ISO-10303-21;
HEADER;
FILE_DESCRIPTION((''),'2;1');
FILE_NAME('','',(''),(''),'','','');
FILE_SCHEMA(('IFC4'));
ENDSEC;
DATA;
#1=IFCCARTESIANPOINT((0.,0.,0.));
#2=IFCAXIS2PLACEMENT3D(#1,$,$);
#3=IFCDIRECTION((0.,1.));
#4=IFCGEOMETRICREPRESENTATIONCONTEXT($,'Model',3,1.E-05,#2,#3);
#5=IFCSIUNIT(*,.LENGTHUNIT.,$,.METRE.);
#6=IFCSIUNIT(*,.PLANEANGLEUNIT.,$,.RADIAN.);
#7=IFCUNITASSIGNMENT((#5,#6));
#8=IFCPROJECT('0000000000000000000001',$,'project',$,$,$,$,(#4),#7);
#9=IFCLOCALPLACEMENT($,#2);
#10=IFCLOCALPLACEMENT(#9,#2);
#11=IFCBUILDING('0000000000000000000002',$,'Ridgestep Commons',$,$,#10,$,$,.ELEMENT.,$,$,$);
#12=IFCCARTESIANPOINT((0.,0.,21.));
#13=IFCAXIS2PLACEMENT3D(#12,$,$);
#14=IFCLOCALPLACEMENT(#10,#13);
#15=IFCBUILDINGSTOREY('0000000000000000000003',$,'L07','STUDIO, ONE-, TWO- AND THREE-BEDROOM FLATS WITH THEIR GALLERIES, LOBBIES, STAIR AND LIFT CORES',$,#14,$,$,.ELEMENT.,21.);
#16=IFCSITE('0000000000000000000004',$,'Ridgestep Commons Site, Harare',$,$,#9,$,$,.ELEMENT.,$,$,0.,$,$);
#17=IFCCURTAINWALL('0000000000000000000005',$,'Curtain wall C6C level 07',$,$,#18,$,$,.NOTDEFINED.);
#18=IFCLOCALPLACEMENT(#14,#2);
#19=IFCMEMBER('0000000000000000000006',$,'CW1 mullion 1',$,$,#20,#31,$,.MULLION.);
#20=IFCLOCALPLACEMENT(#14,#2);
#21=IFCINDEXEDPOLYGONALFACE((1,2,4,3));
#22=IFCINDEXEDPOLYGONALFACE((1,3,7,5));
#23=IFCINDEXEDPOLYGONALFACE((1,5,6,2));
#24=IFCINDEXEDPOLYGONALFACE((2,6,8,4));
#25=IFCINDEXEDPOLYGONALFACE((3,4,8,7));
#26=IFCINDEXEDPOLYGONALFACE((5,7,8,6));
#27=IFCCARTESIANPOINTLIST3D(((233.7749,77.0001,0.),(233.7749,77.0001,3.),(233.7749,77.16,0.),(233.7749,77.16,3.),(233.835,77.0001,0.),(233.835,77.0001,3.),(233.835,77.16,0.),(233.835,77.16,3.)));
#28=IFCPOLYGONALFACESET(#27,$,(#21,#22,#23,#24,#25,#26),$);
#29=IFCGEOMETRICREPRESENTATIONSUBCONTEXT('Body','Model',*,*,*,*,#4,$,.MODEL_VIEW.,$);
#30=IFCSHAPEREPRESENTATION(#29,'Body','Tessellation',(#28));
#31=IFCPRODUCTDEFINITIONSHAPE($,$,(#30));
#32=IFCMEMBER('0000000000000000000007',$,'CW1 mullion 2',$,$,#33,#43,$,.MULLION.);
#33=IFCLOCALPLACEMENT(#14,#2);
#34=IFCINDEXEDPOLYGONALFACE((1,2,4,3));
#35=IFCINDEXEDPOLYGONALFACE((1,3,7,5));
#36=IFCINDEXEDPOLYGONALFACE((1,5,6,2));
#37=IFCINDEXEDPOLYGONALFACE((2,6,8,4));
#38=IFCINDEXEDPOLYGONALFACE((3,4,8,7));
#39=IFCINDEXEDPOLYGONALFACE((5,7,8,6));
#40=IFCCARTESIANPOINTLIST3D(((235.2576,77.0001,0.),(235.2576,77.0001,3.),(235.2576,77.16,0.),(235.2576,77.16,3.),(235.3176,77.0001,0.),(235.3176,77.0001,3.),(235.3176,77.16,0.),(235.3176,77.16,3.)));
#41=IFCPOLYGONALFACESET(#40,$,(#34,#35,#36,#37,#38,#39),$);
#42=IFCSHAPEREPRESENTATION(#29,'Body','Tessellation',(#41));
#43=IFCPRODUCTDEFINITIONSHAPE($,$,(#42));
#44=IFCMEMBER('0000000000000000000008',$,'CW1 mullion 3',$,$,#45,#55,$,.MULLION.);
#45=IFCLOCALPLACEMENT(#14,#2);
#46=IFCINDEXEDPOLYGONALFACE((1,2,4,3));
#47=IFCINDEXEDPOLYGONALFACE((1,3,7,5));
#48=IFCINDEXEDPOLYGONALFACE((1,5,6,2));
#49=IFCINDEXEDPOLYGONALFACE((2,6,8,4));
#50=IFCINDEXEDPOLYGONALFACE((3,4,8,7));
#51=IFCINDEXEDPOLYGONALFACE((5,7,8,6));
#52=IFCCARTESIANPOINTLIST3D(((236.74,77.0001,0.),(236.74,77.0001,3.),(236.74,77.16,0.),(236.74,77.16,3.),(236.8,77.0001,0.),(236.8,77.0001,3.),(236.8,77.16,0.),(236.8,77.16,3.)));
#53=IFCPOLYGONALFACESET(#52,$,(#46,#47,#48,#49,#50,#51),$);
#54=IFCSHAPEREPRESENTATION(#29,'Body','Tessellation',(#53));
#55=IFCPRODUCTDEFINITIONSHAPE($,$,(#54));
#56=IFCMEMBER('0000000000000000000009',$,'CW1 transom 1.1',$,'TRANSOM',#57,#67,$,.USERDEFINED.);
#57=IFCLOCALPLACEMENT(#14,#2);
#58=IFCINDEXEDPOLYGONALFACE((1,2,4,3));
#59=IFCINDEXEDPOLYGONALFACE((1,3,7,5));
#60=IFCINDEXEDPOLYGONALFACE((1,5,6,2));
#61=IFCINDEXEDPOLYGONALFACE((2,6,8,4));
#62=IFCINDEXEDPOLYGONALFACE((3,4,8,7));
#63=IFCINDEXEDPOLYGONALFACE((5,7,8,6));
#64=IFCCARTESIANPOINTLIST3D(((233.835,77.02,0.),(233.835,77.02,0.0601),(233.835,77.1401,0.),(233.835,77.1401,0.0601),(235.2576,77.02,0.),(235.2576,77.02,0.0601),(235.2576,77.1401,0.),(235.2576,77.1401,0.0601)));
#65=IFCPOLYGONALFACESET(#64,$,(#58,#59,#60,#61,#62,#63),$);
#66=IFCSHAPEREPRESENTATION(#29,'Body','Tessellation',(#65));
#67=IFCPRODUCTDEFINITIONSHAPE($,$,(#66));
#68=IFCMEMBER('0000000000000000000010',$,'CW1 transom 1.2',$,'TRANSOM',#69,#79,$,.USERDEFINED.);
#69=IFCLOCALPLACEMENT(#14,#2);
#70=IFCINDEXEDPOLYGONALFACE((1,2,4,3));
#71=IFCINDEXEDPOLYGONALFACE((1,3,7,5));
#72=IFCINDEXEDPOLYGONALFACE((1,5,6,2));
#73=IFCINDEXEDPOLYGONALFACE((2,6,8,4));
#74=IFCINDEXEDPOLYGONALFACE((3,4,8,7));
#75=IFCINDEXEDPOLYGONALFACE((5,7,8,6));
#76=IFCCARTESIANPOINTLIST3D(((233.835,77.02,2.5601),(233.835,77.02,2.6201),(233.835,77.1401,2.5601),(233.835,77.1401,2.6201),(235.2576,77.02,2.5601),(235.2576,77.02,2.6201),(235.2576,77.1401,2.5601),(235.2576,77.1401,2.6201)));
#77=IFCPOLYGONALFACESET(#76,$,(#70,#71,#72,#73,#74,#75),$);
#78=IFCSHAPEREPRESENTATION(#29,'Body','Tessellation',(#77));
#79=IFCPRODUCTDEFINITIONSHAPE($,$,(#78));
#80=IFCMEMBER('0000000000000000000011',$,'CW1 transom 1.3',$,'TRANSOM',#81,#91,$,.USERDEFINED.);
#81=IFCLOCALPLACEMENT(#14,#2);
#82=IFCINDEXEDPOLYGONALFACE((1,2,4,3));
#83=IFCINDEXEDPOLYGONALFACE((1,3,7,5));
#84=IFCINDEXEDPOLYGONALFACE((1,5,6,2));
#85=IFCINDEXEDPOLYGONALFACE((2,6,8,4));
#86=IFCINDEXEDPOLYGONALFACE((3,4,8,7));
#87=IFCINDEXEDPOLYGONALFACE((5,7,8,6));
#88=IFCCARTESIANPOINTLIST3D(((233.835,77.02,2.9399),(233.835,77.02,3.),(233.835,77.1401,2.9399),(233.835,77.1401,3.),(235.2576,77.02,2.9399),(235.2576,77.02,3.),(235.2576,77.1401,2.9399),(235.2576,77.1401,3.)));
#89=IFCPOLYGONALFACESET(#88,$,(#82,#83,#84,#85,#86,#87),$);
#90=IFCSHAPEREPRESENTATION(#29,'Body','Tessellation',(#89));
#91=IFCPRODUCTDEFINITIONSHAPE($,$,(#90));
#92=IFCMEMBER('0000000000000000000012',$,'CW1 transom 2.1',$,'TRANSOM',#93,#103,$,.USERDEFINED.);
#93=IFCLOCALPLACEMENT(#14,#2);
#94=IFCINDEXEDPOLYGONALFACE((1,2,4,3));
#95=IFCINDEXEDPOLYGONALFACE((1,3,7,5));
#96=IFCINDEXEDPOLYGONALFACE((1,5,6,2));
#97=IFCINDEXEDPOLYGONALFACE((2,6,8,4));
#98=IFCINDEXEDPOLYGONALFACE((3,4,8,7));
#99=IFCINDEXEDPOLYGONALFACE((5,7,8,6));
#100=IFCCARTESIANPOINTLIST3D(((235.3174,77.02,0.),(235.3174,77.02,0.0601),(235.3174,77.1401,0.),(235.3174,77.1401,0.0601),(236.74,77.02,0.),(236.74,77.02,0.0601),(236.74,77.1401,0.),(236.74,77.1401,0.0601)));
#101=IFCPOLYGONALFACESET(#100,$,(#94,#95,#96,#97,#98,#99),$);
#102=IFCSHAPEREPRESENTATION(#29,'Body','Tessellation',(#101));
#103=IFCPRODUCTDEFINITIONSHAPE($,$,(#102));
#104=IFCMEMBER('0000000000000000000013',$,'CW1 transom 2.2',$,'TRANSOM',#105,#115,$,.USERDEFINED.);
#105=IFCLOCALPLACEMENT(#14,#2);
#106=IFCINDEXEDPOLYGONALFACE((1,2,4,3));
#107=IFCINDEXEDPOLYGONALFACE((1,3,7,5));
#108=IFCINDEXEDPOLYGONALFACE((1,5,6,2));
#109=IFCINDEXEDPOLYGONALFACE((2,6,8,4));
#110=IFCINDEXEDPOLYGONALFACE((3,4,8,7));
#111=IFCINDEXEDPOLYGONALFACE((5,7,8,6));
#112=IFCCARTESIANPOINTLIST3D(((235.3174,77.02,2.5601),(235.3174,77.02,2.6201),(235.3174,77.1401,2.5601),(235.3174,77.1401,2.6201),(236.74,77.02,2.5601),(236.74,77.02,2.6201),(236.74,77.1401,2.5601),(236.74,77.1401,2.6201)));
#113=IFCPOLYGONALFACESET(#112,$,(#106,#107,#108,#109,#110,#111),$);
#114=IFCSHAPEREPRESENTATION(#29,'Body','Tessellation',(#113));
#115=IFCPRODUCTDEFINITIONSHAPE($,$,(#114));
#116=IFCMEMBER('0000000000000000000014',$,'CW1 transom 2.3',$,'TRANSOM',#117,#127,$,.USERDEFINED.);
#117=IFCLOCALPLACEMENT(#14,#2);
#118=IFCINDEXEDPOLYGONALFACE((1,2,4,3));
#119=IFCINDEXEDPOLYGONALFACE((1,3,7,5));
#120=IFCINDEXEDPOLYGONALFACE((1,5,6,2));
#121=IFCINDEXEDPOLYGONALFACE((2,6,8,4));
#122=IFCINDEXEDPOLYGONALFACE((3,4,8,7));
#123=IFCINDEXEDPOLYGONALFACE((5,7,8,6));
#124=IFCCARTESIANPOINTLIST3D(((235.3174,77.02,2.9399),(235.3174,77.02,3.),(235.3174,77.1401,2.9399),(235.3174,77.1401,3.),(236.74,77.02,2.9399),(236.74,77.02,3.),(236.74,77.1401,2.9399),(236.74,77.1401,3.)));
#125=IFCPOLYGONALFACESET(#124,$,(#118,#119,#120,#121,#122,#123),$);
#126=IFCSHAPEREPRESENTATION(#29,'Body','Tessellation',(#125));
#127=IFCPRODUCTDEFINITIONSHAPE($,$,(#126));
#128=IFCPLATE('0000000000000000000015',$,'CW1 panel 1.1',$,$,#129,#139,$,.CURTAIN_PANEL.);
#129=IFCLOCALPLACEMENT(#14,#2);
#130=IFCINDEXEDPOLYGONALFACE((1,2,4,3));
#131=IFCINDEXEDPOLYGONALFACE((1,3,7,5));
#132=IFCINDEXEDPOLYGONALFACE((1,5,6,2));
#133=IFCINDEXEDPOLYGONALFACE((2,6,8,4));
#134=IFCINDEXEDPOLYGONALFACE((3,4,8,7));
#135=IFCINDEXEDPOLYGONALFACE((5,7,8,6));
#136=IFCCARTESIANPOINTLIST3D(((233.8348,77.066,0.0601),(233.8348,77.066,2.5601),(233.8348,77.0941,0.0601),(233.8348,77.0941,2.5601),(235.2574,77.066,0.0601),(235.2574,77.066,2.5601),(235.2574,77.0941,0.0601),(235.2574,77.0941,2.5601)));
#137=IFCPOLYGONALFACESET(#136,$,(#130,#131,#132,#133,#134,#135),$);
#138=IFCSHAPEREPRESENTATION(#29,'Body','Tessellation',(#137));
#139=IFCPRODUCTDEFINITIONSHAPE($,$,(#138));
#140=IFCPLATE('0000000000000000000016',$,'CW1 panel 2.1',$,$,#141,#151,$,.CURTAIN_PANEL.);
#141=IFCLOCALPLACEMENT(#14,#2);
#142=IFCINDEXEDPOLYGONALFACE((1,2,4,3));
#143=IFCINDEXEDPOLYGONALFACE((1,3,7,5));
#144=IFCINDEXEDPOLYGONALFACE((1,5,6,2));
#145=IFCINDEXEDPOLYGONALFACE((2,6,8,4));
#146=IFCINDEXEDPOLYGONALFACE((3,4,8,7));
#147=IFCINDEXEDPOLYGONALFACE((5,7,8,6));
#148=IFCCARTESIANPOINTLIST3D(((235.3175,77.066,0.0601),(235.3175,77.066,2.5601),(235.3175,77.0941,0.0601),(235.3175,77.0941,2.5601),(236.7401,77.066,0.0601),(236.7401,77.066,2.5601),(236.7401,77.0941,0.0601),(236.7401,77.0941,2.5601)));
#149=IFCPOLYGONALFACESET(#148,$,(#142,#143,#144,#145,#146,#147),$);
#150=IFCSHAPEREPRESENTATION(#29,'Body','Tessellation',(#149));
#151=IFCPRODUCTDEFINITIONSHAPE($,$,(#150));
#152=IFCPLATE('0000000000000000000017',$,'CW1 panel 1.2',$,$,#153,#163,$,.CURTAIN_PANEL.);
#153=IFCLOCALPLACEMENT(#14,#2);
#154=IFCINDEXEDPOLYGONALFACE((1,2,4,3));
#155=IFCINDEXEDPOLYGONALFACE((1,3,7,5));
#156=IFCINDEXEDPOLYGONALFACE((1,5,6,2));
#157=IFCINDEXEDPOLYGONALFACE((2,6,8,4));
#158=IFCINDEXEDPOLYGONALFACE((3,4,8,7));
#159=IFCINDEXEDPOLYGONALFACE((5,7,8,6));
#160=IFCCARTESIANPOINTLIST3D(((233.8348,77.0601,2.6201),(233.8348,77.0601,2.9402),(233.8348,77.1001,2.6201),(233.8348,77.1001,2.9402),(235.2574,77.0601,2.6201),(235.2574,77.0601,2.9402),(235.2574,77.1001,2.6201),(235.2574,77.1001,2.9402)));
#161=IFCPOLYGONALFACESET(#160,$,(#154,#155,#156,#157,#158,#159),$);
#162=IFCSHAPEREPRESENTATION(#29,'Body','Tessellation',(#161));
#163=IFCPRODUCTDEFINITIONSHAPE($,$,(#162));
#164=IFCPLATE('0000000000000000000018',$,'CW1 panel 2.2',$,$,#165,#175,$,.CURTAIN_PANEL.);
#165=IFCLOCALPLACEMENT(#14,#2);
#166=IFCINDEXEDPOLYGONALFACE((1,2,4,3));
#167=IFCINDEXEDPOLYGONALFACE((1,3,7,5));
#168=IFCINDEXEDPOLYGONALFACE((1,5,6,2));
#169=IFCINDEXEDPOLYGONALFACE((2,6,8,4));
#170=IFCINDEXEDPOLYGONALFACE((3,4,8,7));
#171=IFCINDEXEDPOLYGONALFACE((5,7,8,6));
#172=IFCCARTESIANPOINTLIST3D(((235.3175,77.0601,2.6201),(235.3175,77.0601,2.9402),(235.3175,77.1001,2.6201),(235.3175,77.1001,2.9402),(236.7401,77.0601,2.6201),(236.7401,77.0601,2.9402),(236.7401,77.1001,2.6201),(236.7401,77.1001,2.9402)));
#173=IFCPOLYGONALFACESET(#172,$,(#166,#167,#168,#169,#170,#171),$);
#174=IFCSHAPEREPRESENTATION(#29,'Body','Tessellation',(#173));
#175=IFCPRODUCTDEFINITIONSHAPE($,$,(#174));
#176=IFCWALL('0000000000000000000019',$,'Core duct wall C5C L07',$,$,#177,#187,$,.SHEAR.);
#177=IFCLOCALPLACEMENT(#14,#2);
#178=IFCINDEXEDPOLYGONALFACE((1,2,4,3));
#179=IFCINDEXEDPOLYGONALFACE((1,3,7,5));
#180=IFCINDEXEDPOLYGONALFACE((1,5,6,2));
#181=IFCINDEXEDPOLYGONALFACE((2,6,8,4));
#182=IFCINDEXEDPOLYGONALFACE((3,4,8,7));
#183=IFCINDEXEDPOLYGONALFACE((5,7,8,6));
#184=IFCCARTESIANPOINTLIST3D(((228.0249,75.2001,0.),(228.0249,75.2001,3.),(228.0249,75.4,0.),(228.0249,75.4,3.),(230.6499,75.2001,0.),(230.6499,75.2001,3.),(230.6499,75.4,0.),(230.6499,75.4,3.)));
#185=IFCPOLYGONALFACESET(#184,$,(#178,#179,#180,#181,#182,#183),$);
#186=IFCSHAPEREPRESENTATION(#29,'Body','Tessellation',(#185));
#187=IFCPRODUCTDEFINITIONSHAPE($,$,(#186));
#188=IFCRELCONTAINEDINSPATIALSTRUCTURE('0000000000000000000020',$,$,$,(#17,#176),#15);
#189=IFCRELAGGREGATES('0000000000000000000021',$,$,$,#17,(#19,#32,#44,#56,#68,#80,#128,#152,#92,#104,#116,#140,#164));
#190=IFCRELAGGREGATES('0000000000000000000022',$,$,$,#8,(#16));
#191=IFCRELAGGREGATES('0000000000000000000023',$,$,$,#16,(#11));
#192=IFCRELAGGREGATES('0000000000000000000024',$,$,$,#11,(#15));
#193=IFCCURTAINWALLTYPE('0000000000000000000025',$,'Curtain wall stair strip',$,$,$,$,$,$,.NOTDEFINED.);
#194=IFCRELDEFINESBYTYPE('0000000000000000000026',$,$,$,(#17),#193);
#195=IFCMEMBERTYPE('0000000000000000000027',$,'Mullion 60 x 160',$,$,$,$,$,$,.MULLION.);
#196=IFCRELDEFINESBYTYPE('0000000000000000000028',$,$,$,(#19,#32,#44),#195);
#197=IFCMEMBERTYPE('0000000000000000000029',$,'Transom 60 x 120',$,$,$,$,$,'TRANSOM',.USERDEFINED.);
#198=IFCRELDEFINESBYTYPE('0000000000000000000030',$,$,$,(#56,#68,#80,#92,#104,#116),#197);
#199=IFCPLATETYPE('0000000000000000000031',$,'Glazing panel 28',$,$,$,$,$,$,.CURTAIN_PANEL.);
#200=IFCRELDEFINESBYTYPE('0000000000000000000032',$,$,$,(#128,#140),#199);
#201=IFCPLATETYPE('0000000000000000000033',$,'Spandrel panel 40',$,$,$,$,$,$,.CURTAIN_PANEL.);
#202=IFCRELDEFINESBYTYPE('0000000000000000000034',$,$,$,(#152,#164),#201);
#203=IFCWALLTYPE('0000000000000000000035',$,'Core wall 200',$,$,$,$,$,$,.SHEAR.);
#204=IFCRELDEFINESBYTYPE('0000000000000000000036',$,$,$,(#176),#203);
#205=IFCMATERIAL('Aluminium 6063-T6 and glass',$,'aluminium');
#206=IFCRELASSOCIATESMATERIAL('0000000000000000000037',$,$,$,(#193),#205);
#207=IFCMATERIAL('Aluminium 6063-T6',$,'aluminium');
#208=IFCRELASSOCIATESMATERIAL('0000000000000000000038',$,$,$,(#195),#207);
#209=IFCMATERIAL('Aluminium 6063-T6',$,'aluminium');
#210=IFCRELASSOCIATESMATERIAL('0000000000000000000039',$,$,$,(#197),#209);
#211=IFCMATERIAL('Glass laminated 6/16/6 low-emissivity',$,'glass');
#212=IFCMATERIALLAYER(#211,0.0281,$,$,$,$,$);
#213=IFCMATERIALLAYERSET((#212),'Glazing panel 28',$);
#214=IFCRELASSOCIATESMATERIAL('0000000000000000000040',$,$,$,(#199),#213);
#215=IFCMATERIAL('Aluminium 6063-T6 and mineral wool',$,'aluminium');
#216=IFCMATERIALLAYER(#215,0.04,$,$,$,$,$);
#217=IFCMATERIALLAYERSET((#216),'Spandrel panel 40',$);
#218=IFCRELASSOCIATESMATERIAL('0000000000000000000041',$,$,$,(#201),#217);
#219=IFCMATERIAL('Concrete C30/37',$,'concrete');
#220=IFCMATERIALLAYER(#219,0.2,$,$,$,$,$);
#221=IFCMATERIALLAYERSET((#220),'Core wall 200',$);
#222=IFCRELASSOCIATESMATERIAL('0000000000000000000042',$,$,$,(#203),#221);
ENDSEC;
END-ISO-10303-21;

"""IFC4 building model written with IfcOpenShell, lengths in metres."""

from ifc_helpers import new_model, si_unit, direction, frame, frame_2d, origin, origin_2d, place, context, subcontext, project, spatial, rectangle, extrude, material, layer, layer_set, material_profile, profile_set, type_object, element, aggregate, save


model = new_model("IFC4")

# Units and contexts
model_context = context("Model", 3, precision=1e-05, world=origin(), true_north=direction((0.0, 1.0)))
body_context = subcontext(model_context, "Body", "Model", "MODEL_VIEW")
ifc_project = project(units=[si_unit("LENGTHUNIT", "METRE"), si_unit("PLANEANGLEUNIT", "RADIAN")], contexts=[model_context])

# Site, building, storey
site_placement = place(None, origin())
site = spatial("IfcSite", under=ifc_project, at=site_placement, Name="Ridgestep Commons Site, Harare", CompositionType="ELEMENT", RefElevation=0.0)
building_placement = place(site_placement, origin())
building = spatial("IfcBuilding", under=site, at=building_placement, Name="Ridgestep Commons", CompositionType="ELEMENT")
storey_placement = place(building_placement, frame((0.0, 0.0, 21.0)))
storey = spatial("IfcBuildingStorey", under=building, at=storey_placement, Name="L07", Description="STUDIO, ONE-, TWO- AND THREE-BEDROOM FLATS WITH THEIR GALLERIES, LOBBIES, STAIR AND LIFT CORES", CompositionType="ELEMENT", Elevation=21.0)

# Curtain wall, members, plates
ifc_material_1 = material(Name="Aluminium 6063-T6 and glass", Category="aluminium")
curtain_wall_type = type_object("IfcCurtainWallType", Name="Curtain wall stair strip", PredefinedType="NOTDEFINED", material=ifc_material_1)
curtain_wall_placement = place(storey_placement, origin())
curtain_wall = element("IfcCurtainWall", 1, at=curtain_wall_placement, inside=storey, type_object=curtain_wall_type, Name="Curtain wall C6C level 07", PredefinedType="NOTDEFINED")
ifc_material_2 = material(Name="Aluminium 6063-T6", Category="aluminium")
ifc_material_profile_1 = material_profile(ifc_material_2, rectangle(XDim=0.1599, YDim=0.0601, at=origin_2d()), Name="Mullion 60 x 160")
ifc_profile_set_1 = profile_set([ifc_material_profile_1], Name="Aluminium 6063-T6")
member_type_1 = type_object("IfcMemberType", Name="Mullion 60 x 160", PredefinedType="MULLION", material=ifc_profile_set_1)
member_1_placement = place(storey_placement, frame((233.8049, 77.0801, 0.0), z_axis=(0.0, 0.0, 1.0), x_axis=(0.0, 1.0, 0.0)))
member_1 = element("IfcMember", 2, at=member_1_placement, type_object=member_type_1, Name="CW1 mullion 1", PredefinedType="MULLION", context=body_context, shape_type="SweptSolid", body=[
    extrude(rectangle(XDim=0.1599, YDim=0.0601, at=origin_2d()), origin(), (0.0, 0.0, 1.0), 3.0),
])
member_2_placement = place(storey_placement, frame((235.2876, 77.0801, 0.0), z_axis=(0.0, 0.0, 1.0), x_axis=(0.0, 1.0, 0.0)))
member_2 = element("IfcMember", 3, at=member_2_placement, type_object=member_type_1, Name="CW1 mullion 2", PredefinedType="MULLION", context=body_context, shape_type="SweptSolid", body=[
    extrude(rectangle(XDim=0.1599, YDim=0.0601, at=origin_2d()), origin(), (0.0, 0.0, 1.0), 3.0),
])
member_3_placement = place(storey_placement, frame((236.77, 77.0801, 0.0), z_axis=(0.0, 0.0, 1.0), x_axis=(0.0, 1.0, 0.0)))
member_3 = element("IfcMember", 4, at=member_3_placement, type_object=member_type_1, Name="CW1 mullion 3", PredefinedType="MULLION", context=body_context, shape_type="SweptSolid", body=[
    extrude(rectangle(XDim=0.1599, YDim=0.0601, at=origin_2d()), origin(), (0.0, 0.0, 1.0), 3.0),
])
ifc_material_3 = material(Name="Aluminium 6063-T6", Category="aluminium")
ifc_material_profile_2 = material_profile(ifc_material_3, rectangle(XDim=0.1201, YDim=0.0601, at=origin_2d()), Name="Transom 60 x 120")
ifc_profile_set_2 = profile_set([ifc_material_profile_2], Name="Aluminium 6063-T6")
member_type_2 = type_object("IfcMemberType", Name="Transom 60 x 120", ElementType="TRANSOM", PredefinedType="USERDEFINED", material=ifc_profile_set_2)
member_4_placement = place(storey_placement, frame((233.835, 77.0801, 0.03), z_axis=(1.0, 0.0, 0.0), x_axis=(0.0, 1.0, 0.0)))
member_4 = element("IfcMember", 5, at=member_4_placement, type_object=member_type_2, Name="CW1 transom 1.1", ObjectType="TRANSOM", PredefinedType="USERDEFINED", context=body_context, shape_type="SweptSolid", body=[
    extrude(rectangle(XDim=0.1201, YDim=0.0601, at=origin_2d()), origin(), (0.0, 0.0, 1.0), 1.4226),
])
member_5_placement = place(storey_placement, frame((233.835, 77.0801, 2.5901), z_axis=(1.0, 0.0, 0.0), x_axis=(0.0, 1.0, 0.0)))
member_5 = element("IfcMember", 6, at=member_5_placement, type_object=member_type_2, Name="CW1 transom 1.2", ObjectType="TRANSOM", PredefinedType="USERDEFINED", context=body_context, shape_type="SweptSolid", body=[
    extrude(rectangle(XDim=0.1201, YDim=0.0601, at=origin_2d()), origin(), (0.0, 0.0, 1.0), 1.4226),
])
member_6_placement = place(storey_placement, frame((233.835, 77.0801, 2.97), z_axis=(1.0, 0.0, 0.0), x_axis=(0.0, 1.0, 0.0)))
member_6 = element("IfcMember", 7, at=member_6_placement, type_object=member_type_2, Name="CW1 transom 1.3", ObjectType="TRANSOM", PredefinedType="USERDEFINED", context=body_context, shape_type="SweptSolid", body=[
    extrude(rectangle(XDim=0.1201, YDim=0.0601, at=origin_2d()), origin(), (0.0, 0.0, 1.0), 1.4226),
])
member_7_placement = place(storey_placement, frame((235.3174, 77.0801, 0.03), z_axis=(1.0, 0.0, 0.0), x_axis=(0.0, 1.0, 0.0)))
member_7 = element("IfcMember", 8, at=member_7_placement, type_object=member_type_2, Name="CW1 transom 2.1", ObjectType="TRANSOM", PredefinedType="USERDEFINED", context=body_context, shape_type="SweptSolid", body=[
    extrude(rectangle(XDim=0.1201, YDim=0.0601, at=origin_2d()), origin(), (0.0, 0.0, 1.0), 1.4226),
])
member_8_placement = place(storey_placement, frame((235.3174, 77.0801, 2.5901), z_axis=(1.0, 0.0, 0.0), x_axis=(0.0, 1.0, 0.0)))
member_8 = element("IfcMember", 9, at=member_8_placement, type_object=member_type_2, Name="CW1 transom 2.2", ObjectType="TRANSOM", PredefinedType="USERDEFINED", context=body_context, shape_type="SweptSolid", body=[
    extrude(rectangle(XDim=0.1201, YDim=0.0601, at=origin_2d()), origin(), (0.0, 0.0, 1.0), 1.4226),
])
member_9_placement = place(storey_placement, frame((235.3174, 77.0801, 2.97), z_axis=(1.0, 0.0, 0.0), x_axis=(0.0, 1.0, 0.0)))
member_9 = element("IfcMember", 10, at=member_9_placement, type_object=member_type_2, Name="CW1 transom 2.3", ObjectType="TRANSOM", PredefinedType="USERDEFINED", context=body_context, shape_type="SweptSolid", body=[
    extrude(rectangle(XDim=0.1201, YDim=0.0601, at=origin_2d()), origin(), (0.0, 0.0, 1.0), 1.4226),
])
ifc_material_4 = material(Name="Glass laminated 6/16/6 low-emissivity", Category="glass")
ifc_layer_1 = layer(ifc_material_4, 0.0281)
ifc_layer_set_1 = layer_set([ifc_layer_1], Name="Glazing panel 28")
plate_type_1 = type_object("IfcPlateType", Name="Glazing panel 28", PredefinedType="CURTAIN_PANEL", material=ifc_layer_set_1)
plate_1_placement = place(storey_placement, frame((234.5461, 77.0801, 0.0601), z_axis=(0.0, 0.0, 1.0), x_axis=(1.0, 0.0, 0.0)))
plate_1 = element("IfcPlate", 11, at=plate_1_placement, type_object=plate_type_1, Name="CW1 panel 1.1", PredefinedType="CURTAIN_PANEL", context=body_context, shape_type="SweptSolid", body=[
    extrude(rectangle(XDim=1.4226, YDim=0.0281, at=origin_2d()), origin(), (0.0, 0.0, 1.0), 2.5),
])
plate_2_placement = place(storey_placement, frame((236.0288, 77.0801, 0.0601), z_axis=(0.0, 0.0, 1.0), x_axis=(1.0, 0.0, 0.0)))
plate_2 = element("IfcPlate", 12, at=plate_2_placement, type_object=plate_type_1, Name="CW1 panel 2.1", PredefinedType="CURTAIN_PANEL", context=body_context, shape_type="SweptSolid", body=[
    extrude(rectangle(XDim=1.4226, YDim=0.0281, at=origin_2d()), origin(), (0.0, 0.0, 1.0), 2.5),
])
ifc_material_5 = material(Name="Aluminium 6063-T6 and mineral wool", Category="aluminium")
ifc_layer_2 = layer(ifc_material_5, 0.04)
ifc_layer_set_2 = layer_set([ifc_layer_2], Name="Spandrel panel 40")
plate_type_2 = type_object("IfcPlateType", Name="Spandrel panel 40", PredefinedType="CURTAIN_PANEL", material=ifc_layer_set_2)
plate_3_placement = place(storey_placement, frame((234.5461, 77.0801, 2.6201), z_axis=(0.0, 0.0, 1.0), x_axis=(1.0, 0.0, 0.0)))
plate_3 = element("IfcPlate", 13, at=plate_3_placement, type_object=plate_type_2, Name="CW1 panel 1.2", PredefinedType="CURTAIN_PANEL", context=body_context, shape_type="SweptSolid", body=[
    extrude(rectangle(XDim=1.4226, YDim=0.04, at=origin_2d()), origin(), (0.0, 0.0, 1.0), 0.3201),
])
plate_4_placement = place(storey_placement, frame((236.0288, 77.0801, 2.6201), z_axis=(0.0, 0.0, 1.0), x_axis=(1.0, 0.0, 0.0)))
plate_4 = element("IfcPlate", 14, at=plate_4_placement, type_object=plate_type_2, Name="CW1 panel 2.2", PredefinedType="CURTAIN_PANEL", context=body_context, shape_type="SweptSolid", body=[
    extrude(rectangle(XDim=1.4226, YDim=0.04, at=origin_2d()), origin(), (0.0, 0.0, 1.0), 0.3201),
])
aggregate(curtain_wall, [member_1, member_2, member_3, member_4, member_5, member_6, plate_1, plate_3, member_7, member_8, member_9, plate_2, plate_4])

# Wall
ifc_material_6 = material(Name="Concrete C30/37", Category="concrete")
ifc_layer_3 = layer(ifc_material_6, 0.2)
ifc_layer_set_3 = layer_set([ifc_layer_3], Name="Core wall 200")
wall_type_1 = type_object("IfcWallType", Name="Core wall 200", PredefinedType="SHEAR", material=ifc_layer_set_3)
for number, where, z_axis, x_axis, name in (
    (15, (228.0249, 75.3, 0.0), (0.0, 0.0, 1.0), (1.0, 0.0, 0.0), "Core duct wall C5C L07"),
):
    element("IfcWall", number, at=place(storey_placement, frame(where, z_axis=z_axis, x_axis=x_axis)), inside=storey, type_object=wall_type_1, Name=name, PredefinedType="SHEAR", context=body_context, shape_type="SweptSolid", body=[
        extrude(rectangle(XDim=2.625, YDim=0.2, at=frame_2d((1.3125, 0.0))), origin(), (0.0, 0.0, 1.0), 3.0),
    ])

save(model, "model.ifc")
